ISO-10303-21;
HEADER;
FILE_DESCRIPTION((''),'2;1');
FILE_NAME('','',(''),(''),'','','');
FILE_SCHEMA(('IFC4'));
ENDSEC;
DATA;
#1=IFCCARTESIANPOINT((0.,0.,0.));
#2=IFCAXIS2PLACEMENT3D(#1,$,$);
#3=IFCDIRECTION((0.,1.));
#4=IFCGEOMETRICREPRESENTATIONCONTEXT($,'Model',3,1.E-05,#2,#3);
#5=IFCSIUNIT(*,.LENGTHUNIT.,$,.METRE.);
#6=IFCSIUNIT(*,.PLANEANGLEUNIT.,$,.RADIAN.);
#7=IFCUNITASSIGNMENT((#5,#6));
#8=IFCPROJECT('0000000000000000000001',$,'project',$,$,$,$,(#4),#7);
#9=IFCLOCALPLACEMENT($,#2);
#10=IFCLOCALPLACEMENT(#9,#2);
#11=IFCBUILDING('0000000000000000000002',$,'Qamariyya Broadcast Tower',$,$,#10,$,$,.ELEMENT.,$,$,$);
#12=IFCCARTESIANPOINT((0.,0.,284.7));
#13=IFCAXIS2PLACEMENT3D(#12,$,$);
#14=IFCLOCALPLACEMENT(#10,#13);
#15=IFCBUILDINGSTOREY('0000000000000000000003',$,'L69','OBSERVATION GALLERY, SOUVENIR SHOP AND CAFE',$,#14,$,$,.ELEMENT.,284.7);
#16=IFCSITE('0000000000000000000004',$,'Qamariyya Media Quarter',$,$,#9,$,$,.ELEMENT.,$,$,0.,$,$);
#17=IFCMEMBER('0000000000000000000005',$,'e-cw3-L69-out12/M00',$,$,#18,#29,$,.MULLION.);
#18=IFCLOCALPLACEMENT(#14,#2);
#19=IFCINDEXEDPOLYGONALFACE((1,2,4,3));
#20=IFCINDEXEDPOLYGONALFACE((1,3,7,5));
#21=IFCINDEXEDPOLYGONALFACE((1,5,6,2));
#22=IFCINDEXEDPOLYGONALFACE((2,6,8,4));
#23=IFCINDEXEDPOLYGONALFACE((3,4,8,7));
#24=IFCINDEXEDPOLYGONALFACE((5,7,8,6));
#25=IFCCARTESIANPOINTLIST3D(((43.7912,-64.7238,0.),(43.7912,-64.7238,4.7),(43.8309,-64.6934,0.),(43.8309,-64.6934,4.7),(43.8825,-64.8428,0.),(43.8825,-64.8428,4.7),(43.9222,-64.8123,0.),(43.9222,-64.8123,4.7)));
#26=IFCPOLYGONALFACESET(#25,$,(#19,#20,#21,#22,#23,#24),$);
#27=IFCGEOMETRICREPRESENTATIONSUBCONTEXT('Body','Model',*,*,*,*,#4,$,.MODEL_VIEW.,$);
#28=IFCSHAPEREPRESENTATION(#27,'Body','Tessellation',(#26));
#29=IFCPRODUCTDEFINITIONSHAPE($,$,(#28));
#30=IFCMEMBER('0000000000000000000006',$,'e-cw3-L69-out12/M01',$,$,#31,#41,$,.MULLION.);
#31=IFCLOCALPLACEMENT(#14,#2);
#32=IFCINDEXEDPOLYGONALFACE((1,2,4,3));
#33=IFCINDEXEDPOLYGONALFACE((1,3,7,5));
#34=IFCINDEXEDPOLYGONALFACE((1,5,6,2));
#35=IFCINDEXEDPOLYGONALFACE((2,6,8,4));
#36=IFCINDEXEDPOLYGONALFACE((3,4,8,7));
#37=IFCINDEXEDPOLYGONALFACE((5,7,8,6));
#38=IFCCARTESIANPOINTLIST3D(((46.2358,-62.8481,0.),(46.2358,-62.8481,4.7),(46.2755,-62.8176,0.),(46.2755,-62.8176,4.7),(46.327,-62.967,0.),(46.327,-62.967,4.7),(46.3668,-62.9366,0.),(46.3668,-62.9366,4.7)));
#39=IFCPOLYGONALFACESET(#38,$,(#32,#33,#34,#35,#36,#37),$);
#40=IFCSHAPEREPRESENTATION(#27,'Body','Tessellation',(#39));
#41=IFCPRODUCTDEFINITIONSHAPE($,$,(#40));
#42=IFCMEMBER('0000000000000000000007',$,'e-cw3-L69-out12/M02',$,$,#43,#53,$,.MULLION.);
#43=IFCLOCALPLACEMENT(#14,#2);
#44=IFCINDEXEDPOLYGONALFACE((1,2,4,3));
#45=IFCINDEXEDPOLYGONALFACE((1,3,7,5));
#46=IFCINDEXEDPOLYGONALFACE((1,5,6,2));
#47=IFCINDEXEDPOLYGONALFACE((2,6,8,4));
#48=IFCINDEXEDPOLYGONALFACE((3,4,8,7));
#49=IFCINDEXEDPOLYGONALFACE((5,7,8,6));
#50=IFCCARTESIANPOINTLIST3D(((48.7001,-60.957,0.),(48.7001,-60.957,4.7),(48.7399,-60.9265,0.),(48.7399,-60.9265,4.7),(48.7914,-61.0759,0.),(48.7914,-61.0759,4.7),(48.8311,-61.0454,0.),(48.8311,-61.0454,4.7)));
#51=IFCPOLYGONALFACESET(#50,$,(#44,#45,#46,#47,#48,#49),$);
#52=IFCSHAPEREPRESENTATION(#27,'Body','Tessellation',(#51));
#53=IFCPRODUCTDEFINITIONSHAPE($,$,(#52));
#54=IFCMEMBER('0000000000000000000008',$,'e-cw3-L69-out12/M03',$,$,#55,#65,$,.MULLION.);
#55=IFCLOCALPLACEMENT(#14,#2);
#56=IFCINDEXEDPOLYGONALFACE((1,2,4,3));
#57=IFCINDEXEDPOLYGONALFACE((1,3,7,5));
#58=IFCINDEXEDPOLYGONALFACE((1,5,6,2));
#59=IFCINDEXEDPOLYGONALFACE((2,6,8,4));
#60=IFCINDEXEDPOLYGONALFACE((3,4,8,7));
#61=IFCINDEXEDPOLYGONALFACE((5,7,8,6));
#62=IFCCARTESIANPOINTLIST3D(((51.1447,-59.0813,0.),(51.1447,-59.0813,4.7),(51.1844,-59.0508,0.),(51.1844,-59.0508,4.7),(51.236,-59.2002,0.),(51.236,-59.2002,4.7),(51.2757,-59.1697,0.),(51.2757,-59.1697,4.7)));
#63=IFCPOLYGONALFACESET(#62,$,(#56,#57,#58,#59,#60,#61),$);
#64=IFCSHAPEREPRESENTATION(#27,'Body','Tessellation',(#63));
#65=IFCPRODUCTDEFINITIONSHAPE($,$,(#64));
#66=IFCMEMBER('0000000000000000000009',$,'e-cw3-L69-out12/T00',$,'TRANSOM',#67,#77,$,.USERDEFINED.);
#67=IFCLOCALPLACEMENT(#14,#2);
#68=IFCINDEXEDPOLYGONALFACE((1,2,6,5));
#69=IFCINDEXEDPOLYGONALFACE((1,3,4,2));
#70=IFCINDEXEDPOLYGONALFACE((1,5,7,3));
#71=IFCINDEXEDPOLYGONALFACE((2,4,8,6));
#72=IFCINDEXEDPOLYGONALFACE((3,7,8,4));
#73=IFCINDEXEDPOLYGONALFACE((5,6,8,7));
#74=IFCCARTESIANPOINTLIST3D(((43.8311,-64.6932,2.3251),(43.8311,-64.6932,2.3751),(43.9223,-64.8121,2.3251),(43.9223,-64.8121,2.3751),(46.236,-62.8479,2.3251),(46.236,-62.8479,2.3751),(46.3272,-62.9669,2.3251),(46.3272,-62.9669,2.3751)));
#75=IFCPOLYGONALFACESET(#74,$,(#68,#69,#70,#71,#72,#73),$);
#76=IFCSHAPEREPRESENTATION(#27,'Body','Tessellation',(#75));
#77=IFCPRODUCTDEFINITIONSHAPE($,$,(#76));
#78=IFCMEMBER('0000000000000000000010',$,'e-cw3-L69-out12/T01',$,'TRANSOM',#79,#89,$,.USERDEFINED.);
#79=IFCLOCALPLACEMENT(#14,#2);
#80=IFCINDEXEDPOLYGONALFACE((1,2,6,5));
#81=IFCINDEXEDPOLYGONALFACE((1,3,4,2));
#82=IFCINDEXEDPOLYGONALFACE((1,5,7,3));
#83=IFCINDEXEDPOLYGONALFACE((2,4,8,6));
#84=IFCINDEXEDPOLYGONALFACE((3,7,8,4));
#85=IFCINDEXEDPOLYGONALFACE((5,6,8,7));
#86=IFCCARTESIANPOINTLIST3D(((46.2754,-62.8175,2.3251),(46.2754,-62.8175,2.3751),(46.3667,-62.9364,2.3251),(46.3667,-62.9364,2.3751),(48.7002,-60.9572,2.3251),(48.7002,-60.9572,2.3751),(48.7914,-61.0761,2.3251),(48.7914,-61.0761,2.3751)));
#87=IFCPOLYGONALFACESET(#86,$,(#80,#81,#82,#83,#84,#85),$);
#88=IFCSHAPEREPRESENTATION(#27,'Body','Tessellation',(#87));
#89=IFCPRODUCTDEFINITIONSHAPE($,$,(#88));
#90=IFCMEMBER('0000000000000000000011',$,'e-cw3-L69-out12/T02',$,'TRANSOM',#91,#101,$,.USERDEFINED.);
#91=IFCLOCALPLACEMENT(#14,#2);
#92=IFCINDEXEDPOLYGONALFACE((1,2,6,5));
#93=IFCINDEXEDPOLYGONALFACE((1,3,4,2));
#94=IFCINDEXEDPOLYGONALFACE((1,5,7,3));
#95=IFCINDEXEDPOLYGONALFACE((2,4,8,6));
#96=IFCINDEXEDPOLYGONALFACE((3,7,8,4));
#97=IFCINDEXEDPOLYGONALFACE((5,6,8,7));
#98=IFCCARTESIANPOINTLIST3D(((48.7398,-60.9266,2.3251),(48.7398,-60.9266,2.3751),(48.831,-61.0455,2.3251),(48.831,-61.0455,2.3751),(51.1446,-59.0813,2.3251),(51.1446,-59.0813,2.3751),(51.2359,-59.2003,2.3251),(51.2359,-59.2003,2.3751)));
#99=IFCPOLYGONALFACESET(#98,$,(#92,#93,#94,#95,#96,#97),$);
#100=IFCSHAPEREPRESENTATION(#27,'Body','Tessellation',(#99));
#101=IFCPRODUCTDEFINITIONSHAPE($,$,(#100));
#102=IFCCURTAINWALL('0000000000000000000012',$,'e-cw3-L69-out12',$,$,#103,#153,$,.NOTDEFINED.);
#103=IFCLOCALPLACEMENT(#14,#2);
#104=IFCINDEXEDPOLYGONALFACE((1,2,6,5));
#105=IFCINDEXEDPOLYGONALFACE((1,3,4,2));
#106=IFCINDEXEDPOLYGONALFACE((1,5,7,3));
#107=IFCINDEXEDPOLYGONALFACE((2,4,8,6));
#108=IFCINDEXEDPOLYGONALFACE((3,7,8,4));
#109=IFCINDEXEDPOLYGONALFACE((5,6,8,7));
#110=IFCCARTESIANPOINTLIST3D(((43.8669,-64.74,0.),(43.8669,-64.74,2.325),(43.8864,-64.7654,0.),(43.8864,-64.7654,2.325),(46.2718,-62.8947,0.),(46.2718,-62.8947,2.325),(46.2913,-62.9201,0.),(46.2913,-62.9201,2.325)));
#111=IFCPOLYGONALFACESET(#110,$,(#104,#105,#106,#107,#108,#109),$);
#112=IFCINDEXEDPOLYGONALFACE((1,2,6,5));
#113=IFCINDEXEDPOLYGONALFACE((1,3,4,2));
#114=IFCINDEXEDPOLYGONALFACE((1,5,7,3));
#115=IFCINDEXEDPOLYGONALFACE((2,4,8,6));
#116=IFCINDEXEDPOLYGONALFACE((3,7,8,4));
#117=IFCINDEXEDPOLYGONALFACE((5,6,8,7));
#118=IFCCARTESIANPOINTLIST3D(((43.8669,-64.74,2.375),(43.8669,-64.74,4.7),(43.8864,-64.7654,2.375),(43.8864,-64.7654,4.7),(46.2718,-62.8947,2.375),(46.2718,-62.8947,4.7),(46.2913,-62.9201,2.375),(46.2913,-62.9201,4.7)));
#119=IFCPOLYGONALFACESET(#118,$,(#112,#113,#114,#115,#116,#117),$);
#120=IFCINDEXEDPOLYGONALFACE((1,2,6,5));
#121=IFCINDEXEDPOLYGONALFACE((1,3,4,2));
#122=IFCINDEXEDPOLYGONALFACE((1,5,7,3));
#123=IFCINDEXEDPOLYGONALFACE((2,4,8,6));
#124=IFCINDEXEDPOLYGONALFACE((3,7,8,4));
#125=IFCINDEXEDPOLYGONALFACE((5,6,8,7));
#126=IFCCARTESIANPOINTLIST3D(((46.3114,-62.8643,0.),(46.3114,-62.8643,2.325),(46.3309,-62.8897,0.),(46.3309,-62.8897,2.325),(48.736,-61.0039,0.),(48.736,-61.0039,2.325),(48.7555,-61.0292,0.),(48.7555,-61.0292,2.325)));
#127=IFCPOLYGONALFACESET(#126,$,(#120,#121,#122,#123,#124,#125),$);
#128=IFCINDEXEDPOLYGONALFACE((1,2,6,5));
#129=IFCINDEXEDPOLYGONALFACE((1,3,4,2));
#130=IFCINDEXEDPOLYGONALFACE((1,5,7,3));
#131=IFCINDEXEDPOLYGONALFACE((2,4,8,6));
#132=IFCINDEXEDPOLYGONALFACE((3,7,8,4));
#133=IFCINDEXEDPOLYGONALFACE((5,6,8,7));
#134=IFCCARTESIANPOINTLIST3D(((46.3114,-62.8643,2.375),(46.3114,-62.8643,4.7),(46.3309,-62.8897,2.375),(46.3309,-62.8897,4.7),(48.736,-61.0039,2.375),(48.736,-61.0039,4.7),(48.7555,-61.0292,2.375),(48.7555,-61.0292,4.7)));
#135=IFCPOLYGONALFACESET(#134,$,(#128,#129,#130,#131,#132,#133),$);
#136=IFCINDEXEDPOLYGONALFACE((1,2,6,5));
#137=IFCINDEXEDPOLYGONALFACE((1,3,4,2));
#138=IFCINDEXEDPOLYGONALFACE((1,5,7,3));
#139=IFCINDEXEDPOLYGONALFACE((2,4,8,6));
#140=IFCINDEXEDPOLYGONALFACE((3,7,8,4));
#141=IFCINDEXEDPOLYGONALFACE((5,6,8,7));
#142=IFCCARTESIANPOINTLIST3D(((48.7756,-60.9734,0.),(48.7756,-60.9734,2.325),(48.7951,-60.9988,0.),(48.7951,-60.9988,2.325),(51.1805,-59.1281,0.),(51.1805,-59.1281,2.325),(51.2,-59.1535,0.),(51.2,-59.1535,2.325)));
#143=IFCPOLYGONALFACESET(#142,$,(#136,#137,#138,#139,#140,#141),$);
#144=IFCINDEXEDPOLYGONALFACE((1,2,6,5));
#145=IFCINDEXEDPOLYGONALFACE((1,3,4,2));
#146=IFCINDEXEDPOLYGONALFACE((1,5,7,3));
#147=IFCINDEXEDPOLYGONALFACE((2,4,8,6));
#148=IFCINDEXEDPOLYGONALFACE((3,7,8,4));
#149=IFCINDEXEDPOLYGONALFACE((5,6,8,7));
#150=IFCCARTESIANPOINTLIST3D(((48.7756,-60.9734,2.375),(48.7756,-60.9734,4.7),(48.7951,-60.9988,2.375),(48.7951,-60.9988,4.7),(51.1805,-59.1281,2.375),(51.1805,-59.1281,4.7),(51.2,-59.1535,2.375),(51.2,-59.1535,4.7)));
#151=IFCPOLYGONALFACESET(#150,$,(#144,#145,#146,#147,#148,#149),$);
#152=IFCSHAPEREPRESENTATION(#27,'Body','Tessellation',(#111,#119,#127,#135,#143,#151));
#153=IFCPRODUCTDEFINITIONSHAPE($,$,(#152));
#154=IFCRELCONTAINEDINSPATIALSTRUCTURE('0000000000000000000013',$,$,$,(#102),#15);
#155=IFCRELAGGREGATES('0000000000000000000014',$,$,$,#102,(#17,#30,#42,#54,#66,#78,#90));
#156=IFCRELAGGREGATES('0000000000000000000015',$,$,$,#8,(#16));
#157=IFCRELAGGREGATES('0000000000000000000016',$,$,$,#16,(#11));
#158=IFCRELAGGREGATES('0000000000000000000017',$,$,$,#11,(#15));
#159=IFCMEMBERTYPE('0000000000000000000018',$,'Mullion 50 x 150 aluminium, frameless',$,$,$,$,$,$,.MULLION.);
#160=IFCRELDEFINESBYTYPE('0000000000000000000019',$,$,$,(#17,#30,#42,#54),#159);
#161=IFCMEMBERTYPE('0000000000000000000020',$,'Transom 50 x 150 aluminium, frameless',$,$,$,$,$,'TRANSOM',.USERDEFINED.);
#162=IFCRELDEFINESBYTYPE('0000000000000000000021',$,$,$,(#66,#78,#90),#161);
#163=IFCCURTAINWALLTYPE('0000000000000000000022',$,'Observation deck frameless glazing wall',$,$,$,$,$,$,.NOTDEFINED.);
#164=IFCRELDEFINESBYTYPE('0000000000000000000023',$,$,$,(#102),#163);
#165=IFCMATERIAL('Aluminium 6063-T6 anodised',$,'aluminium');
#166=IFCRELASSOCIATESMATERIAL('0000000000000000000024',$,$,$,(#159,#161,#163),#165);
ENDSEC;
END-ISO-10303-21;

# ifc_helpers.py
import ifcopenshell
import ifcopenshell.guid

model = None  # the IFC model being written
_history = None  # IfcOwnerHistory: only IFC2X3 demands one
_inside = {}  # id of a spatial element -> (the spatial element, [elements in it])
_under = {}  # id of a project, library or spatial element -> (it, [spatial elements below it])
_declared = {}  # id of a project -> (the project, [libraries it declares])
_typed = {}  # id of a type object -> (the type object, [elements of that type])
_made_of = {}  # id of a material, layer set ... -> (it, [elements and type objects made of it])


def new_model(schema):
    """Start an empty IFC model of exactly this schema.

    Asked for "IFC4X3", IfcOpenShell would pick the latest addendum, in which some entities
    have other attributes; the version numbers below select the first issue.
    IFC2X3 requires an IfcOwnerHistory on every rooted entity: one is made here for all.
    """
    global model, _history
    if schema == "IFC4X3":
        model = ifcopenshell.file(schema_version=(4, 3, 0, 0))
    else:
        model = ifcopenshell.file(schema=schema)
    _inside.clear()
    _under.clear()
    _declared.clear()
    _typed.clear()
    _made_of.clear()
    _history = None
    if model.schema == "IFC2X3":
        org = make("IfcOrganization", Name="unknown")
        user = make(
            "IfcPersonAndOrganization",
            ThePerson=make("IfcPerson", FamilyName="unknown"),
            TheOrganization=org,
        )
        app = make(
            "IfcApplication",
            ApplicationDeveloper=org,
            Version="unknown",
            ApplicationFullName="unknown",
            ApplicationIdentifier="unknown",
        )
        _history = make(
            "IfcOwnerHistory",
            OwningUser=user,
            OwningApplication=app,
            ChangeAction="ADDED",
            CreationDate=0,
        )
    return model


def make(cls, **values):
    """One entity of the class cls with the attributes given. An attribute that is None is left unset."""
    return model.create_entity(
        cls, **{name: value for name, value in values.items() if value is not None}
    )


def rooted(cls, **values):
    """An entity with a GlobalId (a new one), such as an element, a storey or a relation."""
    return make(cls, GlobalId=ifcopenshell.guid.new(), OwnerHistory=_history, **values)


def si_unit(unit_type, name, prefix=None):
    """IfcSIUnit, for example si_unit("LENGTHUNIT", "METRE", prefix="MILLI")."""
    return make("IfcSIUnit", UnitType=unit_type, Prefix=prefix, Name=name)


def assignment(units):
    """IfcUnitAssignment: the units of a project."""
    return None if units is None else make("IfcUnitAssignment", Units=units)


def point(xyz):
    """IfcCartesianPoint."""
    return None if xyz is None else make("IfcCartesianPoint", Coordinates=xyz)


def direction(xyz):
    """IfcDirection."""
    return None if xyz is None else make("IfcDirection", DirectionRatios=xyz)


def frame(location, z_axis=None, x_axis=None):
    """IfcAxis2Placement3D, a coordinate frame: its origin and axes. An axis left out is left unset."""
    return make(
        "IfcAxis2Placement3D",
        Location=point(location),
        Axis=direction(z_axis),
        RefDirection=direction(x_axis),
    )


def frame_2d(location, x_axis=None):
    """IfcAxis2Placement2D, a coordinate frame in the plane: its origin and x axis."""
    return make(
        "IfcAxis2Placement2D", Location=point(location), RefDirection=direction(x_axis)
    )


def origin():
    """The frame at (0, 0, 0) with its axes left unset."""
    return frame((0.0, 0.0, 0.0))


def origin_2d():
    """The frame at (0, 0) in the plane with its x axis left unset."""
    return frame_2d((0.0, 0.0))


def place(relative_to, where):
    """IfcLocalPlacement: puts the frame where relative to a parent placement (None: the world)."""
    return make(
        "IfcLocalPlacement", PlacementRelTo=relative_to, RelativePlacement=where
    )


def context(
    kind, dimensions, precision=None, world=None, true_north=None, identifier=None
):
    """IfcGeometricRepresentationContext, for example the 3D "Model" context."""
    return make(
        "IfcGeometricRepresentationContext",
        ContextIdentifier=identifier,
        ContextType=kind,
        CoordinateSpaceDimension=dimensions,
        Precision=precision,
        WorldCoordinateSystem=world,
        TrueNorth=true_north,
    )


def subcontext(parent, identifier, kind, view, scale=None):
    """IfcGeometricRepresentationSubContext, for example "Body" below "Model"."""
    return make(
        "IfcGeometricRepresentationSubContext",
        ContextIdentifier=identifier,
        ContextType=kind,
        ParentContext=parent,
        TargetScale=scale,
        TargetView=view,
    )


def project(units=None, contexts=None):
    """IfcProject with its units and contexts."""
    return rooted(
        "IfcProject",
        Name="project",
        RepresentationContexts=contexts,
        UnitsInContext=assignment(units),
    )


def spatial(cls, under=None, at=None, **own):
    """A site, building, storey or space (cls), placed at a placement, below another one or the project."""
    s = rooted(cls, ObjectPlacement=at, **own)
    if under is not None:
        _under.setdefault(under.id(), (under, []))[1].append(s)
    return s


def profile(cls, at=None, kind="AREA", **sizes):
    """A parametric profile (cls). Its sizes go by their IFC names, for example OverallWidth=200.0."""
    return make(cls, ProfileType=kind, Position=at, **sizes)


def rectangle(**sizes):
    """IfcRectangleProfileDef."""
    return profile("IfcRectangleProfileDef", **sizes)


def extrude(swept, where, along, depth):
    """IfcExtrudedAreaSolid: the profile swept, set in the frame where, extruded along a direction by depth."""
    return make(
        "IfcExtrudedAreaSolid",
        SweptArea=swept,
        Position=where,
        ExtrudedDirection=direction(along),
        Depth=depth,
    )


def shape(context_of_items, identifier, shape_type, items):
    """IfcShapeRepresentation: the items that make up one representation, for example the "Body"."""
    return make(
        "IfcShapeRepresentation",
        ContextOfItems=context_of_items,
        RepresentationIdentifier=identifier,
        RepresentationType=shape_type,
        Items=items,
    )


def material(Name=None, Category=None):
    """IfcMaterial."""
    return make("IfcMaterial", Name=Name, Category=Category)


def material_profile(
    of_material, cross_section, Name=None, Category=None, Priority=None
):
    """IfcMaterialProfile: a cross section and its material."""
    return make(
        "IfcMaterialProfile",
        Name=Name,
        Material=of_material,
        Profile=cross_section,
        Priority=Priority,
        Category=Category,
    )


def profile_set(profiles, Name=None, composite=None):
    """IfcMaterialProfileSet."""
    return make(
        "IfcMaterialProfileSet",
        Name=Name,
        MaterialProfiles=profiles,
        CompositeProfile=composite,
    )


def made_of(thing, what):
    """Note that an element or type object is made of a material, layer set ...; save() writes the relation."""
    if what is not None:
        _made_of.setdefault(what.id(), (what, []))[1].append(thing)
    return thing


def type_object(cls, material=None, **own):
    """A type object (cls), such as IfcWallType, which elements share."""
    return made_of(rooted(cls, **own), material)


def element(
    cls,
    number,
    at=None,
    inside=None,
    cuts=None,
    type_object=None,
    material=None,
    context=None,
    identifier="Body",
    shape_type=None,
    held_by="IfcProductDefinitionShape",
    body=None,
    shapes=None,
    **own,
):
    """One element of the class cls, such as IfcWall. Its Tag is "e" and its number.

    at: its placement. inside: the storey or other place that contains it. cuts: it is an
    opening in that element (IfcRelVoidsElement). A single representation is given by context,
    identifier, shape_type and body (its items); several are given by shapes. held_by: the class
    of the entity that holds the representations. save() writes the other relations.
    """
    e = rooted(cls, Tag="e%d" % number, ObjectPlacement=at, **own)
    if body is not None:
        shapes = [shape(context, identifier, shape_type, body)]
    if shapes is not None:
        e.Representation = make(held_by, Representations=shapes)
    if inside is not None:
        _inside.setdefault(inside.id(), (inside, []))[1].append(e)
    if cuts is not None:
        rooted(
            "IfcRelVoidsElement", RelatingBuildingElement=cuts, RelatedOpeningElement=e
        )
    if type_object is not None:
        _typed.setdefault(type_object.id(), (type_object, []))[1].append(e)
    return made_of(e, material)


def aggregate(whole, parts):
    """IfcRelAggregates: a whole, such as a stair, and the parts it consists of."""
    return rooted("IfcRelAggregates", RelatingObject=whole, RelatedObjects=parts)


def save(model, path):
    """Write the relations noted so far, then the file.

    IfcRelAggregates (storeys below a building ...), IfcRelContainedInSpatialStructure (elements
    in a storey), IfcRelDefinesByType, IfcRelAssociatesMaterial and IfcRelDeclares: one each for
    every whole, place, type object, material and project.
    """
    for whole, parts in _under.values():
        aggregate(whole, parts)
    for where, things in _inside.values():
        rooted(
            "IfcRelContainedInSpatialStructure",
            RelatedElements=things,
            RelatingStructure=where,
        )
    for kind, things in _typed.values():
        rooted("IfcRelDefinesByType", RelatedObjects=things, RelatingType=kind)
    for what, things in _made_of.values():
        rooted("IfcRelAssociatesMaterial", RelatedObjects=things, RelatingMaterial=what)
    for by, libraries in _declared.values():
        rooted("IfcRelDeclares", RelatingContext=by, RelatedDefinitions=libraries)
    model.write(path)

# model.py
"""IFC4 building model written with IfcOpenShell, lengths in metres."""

from ifc_helpers import new_model, si_unit, direction, frame, origin, origin_2d, place, context, subcontext, project, spatial, rectangle, extrude, material, material_profile, profile_set, type_object, element, aggregate, save


model = new_model("IFC4")

# Units and contexts
model_context = context("Model", 3, precision=1e-05, world=origin(), true_north=direction((0.0, 1.0)))
body_context = subcontext(model_context, "Body", "Model", "MODEL_VIEW")
ifc_project = project(units=[si_unit("LENGTHUNIT", "METRE"), si_unit("PLANEANGLEUNIT", "RADIAN")], contexts=[model_context])

# Members
ifc_material_1 = material(Name="Aluminium 6063-T6 anodised", Category="aluminium")
ifc_material_profile_1 = material_profile(ifc_material_1, rectangle(XDim=0.1499, YDim=0.05, at=origin_2d()))
ifc_profile_set_1 = profile_set([ifc_material_profile_1], Name="Aluminium 6063-T6 anodised")
member_type_1 = type_object("IfcMemberType", Name="Mullion 50 x 150 aluminium, frameless", PredefinedType="MULLION", material=ifc_profile_set_1)
site_placement = place(None, origin())
building_placement = place(site_placement, origin())
storey_placement = place(building_placement, frame((0.0, 0.0, 284.7)))
member_1_placement = place(storey_placement, frame((43.8567, -64.7681, 0.0), z_axis=(0.0, 0.0, 1.0), x_axis=(-0.608761, 0.793353, 0.0)))
member_1 = element("IfcMember", 1, at=member_1_placement, type_object=member_type_1, Name="e-cw3-L69-out12/M00", PredefinedType="MULLION", context=body_context, shape_type="SweptSolid", body=[
    extrude(rectangle(XDim=0.1499, YDim=0.05, at=origin_2d()), origin(), (0.0, 0.0, 1.0), 4.7),
])
member_2_placement = place(storey_placement, frame((46.3013, -62.8923, 0.0), z_axis=(0.0, 0.0, 1.0), x_axis=(-0.608761, 0.793353, 0.0)))
member_2 = element("IfcMember", 2, at=member_2_placement, type_object=member_type_1, Name="e-cw3-L69-out12/M01", PredefinedType="MULLION", context=body_context, shape_type="SweptSolid", body=[
    extrude(rectangle(XDim=0.1499, YDim=0.05, at=origin_2d()), origin(), (0.0, 0.0, 1.0), 4.7),
])
member_3_placement = place(storey_placement, frame((48.7656, -61.0012, 0.0), z_axis=(0.0, 0.0, 1.0), x_axis=(-0.608761, 0.793353, 0.0)))
member_3 = element("IfcMember", 3, at=member_3_placement, type_object=member_type_1, Name="e-cw3-L69-out12/M02", PredefinedType="MULLION", context=body_context, shape_type="SweptSolid", body=[
    extrude(rectangle(XDim=0.1499, YDim=0.05, at=origin_2d()), origin(), (0.0, 0.0, 1.0), 4.7),
])
member_4_placement = place(storey_placement, frame((51.2102, -59.1255, 0.0), z_axis=(0.0, 0.0, 1.0), x_axis=(-0.608761, 0.793353, 0.0)))
member_4 = element("IfcMember", 4, at=member_4_placement, type_object=member_type_1, Name="e-cw3-L69-out12/M03", PredefinedType="MULLION", context=body_context, shape_type="SweptSolid", body=[
    extrude(rectangle(XDim=0.1499, YDim=0.05, at=origin_2d()), origin(), (0.0, 0.0, 1.0), 4.7),
])
ifc_material_profile_2 = material_profile(ifc_material_1, rectangle(XDim=0.1499, YDim=0.05, at=origin_2d()))
ifc_profile_set_2 = profile_set([ifc_material_profile_2], Name="Aluminium 6063-T6 anodised")
member_type_2 = type_object("IfcMemberType", Name="Transom 50 x 150 aluminium, frameless", ElementType="TRANSOM", PredefinedType="USERDEFINED", material=ifc_profile_set_2)
member_5_placement = place(storey_placement, frame((43.8767, -64.7527, 2.3501), z_axis=(0.79336, 0.608753, 0.0), x_axis=(-0.608753, 0.79336, 0.0)))
member_5 = element("IfcMember", 5, at=member_5_placement, type_object=member_type_2, Name="e-cw3-L69-out12/T00", ObjectType="TRANSOM", PredefinedType="USERDEFINED", context=body_context, shape_type="SweptSolid", body=[
    extrude(rectangle(XDim=0.1499, YDim=0.05, at=origin_2d()), origin(), (0.0, 0.0, 1.0), 3.0312),
])
member_6_placement = place(storey_placement, frame((46.321, -62.877, 2.3501), z_axis=(0.793395, 0.608707, 0.0), x_axis=(-0.608707, 0.793395, 0.0)))
member_6 = element("IfcMember", 6, at=member_6_placement, type_object=member_type_2, Name="e-cw3-L69-out12/T01", ObjectType="TRANSOM", PredefinedType="USERDEFINED", context=body_context, shape_type="SweptSolid", body=[
    extrude(rectangle(XDim=0.1499, YDim=0.05, at=origin_2d()), origin(), (0.0, 0.0, 1.0), 3.0562),
])
member_7_placement = place(storey_placement, frame((48.7854, -60.9861, 2.3501), z_axis=(0.79336, 0.608753, 0.0), x_axis=(-0.608753, 0.79336, 0.0)))
member_7 = element("IfcMember", 7, at=member_7_placement, type_object=member_type_2, Name="e-cw3-L69-out12/T02", ObjectType="TRANSOM", PredefinedType="USERDEFINED", context=body_context, shape_type="SweptSolid", body=[
    extrude(rectangle(XDim=0.1499, YDim=0.05, at=origin_2d()), origin(), (0.0, 0.0, 1.0), 3.0312),
])

# Site, building, storey
site = spatial("IfcSite", under=ifc_project, at=site_placement, Name="Qamariyya Media Quarter", CompositionType="ELEMENT", RefElevation=0.0)
building = spatial("IfcBuilding", under=site, at=building_placement, Name="Qamariyya Broadcast Tower", CompositionType="ELEMENT")
storey = spatial("IfcBuildingStorey", under=building, at=storey_placement, Name="L69", Description="OBSERVATION GALLERY, SOUVENIR SHOP AND CAFE", CompositionType="ELEMENT", Elevation=284.7)

# Curtain wall
curtain_wall_type = type_object("IfcCurtainWallType", Name="Observation deck frameless glazing wall", PredefinedType="NOTDEFINED", material=ifc_material_1)
curtain_wall_1_placement = place(storey_placement, origin())
curtain_wall_1 = element("IfcCurtainWall", 8, at=curtain_wall_1_placement, inside=storey, type_object=curtain_wall_type, Name="e-cw3-L69-out12", PredefinedType="NOTDEFINED", context=body_context, shape_type="SweptSolid", body=[
    extrude(rectangle(XDim=3.0312, YDim=0.032, at=origin_2d()), frame((45.0791, -63.8301, 0.0), x_axis=(0.793356, 0.608758, 0.0)), (0.0, 0.0, 1.0), 2.325),
    extrude(rectangle(XDim=3.0312, YDim=0.032, at=origin_2d()), frame((45.0791, -63.8301, 2.375), x_axis=(0.793356, 0.608758, 0.0)), (0.0, 0.0, 1.0), 2.325),
    extrude(rectangle(XDim=3.0562, YDim=0.032, at=origin_2d()), frame((47.5334, -61.9468, 0.0), x_axis=(0.793356, 0.608758, 0.0)), (0.0, 0.0, 1.0), 2.325),
    extrude(rectangle(XDim=3.0562, YDim=0.032, at=origin_2d()), frame((47.5334, -61.9468, 2.375), x_axis=(0.793356, 0.608758, 0.0)), (0.0, 0.0, 1.0), 2.325),
    extrude(rectangle(XDim=3.0312, YDim=0.032, at=origin_2d()), frame((49.9878, -60.0635, 0.0), x_axis=(0.793356, 0.608758, 0.0)), (0.0, 0.0, 1.0), 2.325),
    extrude(rectangle(XDim=3.0312, YDim=0.032, at=origin_2d()), frame((49.9878, -60.0635, 2.375), x_axis=(0.793356, 0.608758, 0.0)), (0.0, 0.0, 1.0), 2.325),
])
aggregate(curtain_wall_1, [member_1, member_2, member_3, member_4, member_5, member_6, member_7])

save(model, "model.ifc")
